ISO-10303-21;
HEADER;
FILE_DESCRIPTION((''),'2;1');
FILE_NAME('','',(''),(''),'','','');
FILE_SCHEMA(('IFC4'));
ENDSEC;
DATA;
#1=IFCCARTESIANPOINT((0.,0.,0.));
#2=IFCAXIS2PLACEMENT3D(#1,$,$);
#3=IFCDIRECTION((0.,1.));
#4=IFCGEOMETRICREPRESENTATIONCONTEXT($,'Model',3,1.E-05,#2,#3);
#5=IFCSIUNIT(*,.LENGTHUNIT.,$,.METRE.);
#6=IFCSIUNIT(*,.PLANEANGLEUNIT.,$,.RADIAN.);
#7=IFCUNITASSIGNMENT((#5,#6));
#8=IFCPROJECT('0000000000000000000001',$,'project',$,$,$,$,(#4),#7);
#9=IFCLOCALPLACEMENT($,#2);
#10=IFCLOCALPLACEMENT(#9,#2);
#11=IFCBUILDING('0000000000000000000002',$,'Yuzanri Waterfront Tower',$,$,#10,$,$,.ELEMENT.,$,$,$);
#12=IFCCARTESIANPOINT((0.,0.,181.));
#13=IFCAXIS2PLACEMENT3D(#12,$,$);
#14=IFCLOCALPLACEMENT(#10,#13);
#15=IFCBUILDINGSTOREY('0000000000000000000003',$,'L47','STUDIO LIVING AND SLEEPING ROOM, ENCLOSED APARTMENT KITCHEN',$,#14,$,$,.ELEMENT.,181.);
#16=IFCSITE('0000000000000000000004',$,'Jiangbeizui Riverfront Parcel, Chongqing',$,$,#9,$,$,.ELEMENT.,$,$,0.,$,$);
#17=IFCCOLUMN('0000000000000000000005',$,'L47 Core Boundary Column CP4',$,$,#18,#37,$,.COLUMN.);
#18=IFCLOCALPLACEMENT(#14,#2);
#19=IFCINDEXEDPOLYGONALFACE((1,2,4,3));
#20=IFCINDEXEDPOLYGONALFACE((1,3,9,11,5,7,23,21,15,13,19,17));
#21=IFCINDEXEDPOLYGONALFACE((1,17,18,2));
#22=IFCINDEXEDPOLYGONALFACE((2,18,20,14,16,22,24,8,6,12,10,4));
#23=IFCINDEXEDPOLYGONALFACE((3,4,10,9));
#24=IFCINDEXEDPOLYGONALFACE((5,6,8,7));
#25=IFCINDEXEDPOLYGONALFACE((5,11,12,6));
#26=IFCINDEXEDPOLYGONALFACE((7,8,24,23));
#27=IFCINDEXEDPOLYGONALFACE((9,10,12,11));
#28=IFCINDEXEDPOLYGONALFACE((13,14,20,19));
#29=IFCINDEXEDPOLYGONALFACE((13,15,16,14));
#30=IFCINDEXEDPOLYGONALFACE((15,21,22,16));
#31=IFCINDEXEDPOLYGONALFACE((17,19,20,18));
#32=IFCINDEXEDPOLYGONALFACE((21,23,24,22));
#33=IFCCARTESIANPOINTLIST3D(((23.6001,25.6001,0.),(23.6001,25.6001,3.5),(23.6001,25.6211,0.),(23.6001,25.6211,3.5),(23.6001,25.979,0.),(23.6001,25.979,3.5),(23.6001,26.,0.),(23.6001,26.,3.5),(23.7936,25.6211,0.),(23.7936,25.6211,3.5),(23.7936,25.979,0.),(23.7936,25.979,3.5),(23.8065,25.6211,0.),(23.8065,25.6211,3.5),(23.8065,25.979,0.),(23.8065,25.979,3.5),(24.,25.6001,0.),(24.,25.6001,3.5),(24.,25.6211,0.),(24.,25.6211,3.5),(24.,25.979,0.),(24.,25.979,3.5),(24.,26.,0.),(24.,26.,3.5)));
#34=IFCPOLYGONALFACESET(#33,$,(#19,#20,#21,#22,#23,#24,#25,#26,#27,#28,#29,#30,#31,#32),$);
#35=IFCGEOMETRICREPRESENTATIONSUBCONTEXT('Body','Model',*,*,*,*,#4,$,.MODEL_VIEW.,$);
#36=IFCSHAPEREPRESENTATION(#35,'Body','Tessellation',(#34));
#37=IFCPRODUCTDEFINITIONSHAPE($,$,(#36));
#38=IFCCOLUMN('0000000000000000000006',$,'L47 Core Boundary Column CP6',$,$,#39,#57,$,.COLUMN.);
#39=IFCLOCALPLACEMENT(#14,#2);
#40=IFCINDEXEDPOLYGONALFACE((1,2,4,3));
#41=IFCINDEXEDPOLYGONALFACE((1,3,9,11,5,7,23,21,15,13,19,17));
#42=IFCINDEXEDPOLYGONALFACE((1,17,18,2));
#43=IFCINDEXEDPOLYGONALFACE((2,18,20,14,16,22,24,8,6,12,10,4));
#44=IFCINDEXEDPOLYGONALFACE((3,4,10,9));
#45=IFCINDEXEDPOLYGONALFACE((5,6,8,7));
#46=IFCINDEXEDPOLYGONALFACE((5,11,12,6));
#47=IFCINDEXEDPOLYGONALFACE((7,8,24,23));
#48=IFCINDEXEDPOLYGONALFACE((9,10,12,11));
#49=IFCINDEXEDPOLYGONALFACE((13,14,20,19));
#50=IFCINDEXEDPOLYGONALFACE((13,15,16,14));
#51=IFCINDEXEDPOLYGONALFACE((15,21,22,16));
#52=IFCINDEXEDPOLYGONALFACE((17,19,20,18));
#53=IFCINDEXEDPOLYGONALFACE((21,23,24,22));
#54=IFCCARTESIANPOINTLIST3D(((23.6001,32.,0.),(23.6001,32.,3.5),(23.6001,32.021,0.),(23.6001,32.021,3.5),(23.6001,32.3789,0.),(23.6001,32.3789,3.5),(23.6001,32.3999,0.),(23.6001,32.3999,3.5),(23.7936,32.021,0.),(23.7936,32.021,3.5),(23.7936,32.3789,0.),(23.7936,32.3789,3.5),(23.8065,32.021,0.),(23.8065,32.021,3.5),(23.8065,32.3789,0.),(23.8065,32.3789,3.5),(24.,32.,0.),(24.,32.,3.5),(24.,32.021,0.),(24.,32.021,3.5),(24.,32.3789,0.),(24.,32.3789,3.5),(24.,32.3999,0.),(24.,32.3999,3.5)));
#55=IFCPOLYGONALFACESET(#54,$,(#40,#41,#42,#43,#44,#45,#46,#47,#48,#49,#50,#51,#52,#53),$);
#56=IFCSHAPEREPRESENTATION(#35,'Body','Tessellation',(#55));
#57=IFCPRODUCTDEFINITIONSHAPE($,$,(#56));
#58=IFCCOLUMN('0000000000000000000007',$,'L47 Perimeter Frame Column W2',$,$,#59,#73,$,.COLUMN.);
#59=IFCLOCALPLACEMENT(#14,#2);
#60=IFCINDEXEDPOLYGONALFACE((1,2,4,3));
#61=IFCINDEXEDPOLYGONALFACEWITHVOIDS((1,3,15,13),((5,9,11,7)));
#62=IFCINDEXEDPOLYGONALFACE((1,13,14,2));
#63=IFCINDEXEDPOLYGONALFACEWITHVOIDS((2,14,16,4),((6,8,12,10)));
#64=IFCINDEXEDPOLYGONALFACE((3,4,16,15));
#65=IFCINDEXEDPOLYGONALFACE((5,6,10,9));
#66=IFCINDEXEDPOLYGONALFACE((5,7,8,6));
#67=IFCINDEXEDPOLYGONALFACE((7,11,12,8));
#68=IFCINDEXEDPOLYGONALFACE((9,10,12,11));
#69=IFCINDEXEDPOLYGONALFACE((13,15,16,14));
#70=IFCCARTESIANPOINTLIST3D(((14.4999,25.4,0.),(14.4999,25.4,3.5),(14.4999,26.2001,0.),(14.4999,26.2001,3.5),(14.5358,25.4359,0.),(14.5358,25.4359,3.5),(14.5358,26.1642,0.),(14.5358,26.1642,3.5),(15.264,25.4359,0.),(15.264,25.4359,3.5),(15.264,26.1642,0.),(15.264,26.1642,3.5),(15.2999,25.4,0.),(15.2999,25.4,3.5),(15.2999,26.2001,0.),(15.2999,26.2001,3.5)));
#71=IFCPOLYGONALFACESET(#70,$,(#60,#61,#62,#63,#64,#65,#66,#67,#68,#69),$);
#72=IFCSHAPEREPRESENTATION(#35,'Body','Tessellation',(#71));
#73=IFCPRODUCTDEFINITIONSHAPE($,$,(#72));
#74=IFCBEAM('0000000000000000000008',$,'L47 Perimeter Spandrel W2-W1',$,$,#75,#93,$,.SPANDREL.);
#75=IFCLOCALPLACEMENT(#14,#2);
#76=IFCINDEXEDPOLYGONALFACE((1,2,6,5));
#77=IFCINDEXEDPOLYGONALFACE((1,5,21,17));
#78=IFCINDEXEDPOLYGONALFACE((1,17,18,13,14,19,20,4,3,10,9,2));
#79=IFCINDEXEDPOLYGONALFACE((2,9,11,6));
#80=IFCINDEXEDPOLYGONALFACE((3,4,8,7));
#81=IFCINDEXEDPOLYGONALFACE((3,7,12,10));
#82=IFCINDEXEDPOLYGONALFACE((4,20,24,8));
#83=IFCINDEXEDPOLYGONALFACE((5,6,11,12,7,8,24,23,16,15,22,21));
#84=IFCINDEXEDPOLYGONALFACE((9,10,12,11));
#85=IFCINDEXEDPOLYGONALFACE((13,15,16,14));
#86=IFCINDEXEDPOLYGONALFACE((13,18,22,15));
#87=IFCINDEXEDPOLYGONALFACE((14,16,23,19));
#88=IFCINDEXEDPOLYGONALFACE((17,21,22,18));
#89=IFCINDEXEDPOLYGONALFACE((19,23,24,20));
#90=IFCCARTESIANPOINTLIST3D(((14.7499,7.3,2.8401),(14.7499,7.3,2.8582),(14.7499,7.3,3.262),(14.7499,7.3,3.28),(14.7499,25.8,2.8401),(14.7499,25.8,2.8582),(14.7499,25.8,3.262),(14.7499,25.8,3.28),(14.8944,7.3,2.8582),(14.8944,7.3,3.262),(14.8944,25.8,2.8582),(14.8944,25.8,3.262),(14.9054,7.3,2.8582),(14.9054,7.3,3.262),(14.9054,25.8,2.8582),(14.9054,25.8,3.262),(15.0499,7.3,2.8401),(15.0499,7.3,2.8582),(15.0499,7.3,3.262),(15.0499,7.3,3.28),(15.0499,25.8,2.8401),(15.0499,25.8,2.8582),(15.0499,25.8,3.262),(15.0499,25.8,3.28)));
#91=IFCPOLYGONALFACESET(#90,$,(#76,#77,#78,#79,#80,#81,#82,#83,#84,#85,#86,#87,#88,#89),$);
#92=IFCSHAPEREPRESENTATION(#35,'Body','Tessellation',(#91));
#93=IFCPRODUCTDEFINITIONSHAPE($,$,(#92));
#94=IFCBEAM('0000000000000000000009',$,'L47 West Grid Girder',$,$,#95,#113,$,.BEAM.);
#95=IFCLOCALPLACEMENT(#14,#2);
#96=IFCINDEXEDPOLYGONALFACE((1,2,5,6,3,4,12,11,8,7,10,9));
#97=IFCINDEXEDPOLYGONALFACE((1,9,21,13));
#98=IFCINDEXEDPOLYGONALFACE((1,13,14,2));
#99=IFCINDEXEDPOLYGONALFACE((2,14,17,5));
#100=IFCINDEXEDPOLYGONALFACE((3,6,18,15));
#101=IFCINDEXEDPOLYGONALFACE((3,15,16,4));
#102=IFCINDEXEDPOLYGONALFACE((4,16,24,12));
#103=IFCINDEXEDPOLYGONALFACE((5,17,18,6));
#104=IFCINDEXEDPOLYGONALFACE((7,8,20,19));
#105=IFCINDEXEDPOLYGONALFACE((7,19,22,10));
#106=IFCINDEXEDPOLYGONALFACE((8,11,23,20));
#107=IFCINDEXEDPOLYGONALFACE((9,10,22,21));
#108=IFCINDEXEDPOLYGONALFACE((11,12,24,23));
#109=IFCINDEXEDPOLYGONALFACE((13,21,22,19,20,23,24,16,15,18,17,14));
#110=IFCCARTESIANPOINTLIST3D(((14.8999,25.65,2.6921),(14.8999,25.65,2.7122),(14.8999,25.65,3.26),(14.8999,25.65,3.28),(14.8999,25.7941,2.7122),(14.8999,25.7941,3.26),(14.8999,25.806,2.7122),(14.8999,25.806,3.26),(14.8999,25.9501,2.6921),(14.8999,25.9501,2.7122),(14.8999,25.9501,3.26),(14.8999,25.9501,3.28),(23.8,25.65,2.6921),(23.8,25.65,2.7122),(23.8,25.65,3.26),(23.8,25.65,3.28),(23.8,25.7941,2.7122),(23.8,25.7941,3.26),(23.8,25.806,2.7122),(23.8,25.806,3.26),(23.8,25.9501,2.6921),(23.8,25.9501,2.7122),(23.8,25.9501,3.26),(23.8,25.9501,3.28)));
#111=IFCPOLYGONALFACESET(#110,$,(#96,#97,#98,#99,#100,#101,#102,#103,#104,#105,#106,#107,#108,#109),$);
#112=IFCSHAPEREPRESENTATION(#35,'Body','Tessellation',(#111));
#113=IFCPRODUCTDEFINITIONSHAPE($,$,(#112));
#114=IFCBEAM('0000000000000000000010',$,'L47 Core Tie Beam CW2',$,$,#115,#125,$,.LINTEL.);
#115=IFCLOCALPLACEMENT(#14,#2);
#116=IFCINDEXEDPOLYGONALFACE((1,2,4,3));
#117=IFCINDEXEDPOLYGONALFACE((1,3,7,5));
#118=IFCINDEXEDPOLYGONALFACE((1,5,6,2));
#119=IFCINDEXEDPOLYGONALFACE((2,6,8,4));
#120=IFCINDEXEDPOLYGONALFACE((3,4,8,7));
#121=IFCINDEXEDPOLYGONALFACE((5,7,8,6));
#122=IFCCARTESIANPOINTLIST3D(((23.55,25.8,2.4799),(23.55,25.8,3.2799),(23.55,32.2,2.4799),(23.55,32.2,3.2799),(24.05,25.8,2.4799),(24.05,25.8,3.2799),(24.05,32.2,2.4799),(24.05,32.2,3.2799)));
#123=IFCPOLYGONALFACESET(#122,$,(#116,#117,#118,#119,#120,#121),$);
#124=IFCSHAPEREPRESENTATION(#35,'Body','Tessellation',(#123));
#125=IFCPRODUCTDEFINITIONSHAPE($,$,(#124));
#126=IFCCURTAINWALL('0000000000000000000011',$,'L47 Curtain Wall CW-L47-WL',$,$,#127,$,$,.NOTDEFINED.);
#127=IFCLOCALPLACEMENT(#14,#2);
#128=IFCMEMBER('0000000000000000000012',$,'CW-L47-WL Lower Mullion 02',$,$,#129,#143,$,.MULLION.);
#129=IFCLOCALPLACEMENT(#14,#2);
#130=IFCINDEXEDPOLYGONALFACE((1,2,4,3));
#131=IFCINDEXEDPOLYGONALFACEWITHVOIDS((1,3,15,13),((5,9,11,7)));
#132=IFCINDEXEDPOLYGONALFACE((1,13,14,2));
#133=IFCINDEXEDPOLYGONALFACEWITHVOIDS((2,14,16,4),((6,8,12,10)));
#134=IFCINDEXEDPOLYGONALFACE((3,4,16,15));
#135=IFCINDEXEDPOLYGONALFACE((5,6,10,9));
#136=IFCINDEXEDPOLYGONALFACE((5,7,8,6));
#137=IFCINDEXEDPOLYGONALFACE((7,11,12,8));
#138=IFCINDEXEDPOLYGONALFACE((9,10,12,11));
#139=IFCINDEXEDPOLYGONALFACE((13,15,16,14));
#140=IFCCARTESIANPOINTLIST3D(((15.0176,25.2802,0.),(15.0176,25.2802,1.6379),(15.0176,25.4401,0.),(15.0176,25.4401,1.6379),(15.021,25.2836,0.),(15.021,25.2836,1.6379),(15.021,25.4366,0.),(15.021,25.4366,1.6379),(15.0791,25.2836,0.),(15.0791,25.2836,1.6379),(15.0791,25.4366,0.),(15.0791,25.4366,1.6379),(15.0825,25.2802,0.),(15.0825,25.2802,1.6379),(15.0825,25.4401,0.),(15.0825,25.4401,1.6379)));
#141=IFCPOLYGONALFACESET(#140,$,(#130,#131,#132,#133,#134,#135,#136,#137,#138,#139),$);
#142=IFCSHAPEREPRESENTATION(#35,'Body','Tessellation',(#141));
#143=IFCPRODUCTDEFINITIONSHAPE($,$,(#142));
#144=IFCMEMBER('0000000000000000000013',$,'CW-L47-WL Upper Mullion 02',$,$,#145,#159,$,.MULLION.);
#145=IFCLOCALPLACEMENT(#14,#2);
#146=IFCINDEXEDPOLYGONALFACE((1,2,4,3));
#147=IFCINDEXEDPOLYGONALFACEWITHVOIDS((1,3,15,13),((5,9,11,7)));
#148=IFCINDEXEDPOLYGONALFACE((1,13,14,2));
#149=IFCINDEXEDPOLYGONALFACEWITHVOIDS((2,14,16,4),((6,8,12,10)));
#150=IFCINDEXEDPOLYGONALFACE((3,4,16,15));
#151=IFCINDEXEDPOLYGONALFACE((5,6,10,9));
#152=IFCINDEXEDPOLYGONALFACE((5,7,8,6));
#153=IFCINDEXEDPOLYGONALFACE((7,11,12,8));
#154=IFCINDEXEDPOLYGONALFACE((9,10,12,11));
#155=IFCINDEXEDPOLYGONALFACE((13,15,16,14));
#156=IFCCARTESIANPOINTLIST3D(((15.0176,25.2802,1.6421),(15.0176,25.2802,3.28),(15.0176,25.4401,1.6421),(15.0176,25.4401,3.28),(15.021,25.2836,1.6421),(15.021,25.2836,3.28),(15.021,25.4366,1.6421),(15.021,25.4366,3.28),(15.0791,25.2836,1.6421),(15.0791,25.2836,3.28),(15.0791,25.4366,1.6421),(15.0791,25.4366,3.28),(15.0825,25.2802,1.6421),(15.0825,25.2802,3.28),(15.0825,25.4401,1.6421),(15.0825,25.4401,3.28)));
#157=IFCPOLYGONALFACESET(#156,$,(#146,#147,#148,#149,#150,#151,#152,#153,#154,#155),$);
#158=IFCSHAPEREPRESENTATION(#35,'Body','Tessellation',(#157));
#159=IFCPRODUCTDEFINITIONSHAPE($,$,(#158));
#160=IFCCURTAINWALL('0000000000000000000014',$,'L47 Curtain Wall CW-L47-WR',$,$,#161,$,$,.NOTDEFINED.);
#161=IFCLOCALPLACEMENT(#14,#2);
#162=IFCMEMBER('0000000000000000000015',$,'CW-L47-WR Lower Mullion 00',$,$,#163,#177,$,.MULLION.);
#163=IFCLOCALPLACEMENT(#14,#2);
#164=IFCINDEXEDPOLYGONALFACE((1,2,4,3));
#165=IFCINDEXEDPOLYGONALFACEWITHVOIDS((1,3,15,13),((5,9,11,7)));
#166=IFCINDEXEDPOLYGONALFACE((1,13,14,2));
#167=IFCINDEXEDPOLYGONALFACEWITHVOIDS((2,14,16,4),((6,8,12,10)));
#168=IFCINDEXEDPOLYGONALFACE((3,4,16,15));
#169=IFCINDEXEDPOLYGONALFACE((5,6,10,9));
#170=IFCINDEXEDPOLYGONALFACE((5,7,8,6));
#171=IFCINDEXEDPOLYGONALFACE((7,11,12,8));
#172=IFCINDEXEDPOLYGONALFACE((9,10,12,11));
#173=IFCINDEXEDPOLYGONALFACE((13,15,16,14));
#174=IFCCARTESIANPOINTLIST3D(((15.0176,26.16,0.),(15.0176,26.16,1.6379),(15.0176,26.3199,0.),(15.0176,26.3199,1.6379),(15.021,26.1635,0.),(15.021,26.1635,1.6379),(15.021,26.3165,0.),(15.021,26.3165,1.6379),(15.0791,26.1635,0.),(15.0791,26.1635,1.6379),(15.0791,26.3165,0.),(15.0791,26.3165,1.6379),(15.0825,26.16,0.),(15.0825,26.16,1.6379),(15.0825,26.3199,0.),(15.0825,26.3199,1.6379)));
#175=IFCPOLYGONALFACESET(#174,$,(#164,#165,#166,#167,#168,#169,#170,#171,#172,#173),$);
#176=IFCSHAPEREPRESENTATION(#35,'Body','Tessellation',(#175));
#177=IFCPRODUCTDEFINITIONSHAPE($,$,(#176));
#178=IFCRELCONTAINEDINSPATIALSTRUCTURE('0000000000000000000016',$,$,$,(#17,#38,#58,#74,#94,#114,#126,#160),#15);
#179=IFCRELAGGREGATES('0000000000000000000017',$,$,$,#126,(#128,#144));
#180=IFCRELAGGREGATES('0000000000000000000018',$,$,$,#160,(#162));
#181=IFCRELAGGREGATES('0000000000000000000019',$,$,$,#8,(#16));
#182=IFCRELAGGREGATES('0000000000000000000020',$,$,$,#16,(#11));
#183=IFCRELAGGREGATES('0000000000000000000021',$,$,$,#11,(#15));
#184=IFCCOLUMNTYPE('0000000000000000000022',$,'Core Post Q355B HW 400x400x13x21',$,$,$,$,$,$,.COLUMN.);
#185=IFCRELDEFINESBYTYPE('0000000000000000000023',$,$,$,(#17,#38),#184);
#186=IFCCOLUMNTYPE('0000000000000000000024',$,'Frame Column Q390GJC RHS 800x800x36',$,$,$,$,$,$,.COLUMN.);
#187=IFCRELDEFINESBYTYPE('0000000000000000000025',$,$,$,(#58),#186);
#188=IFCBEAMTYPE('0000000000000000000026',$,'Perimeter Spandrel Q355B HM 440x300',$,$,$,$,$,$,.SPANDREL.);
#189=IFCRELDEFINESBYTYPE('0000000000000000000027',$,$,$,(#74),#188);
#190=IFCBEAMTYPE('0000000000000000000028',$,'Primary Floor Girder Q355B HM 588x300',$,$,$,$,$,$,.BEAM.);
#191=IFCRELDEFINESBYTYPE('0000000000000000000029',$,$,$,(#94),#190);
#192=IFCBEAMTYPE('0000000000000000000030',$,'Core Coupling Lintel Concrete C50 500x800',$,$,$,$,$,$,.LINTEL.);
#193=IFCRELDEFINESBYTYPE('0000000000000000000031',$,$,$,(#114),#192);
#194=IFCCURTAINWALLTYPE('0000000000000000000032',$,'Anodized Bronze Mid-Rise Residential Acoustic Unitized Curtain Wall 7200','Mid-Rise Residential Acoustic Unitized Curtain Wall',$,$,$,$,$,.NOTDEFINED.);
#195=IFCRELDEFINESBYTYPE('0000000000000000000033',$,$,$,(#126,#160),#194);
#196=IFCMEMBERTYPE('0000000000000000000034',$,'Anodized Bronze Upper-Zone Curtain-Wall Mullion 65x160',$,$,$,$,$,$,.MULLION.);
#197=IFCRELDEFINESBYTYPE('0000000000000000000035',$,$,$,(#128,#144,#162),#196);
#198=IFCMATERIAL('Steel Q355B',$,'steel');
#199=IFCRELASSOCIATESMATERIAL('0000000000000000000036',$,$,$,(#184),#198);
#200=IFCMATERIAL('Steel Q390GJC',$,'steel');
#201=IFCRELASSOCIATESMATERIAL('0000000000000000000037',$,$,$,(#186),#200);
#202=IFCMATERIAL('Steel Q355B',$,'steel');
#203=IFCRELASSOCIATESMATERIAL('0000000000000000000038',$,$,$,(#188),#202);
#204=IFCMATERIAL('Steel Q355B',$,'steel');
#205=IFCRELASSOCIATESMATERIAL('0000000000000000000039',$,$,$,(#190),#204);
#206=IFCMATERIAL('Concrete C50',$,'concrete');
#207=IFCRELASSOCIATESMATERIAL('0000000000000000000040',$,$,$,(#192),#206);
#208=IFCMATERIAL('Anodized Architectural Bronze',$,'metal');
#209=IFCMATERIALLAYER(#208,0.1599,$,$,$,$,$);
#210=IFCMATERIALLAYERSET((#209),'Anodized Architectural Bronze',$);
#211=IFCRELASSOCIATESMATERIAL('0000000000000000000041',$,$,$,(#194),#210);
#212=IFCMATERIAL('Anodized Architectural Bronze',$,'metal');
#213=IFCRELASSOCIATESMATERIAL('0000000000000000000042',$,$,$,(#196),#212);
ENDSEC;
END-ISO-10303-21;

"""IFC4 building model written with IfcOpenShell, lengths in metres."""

from ifc_helpers import new_model, si_unit, direction, frame, origin, origin_2d, place, context, subcontext, project, spatial, rectangle, hollow_rectangle, i_section, extrude, source, transform, mapped, material, layer, layer_set, material_profile, profile_set, type_object, element, aggregate, save


model = new_model("IFC4")

# Units and contexts
model_context = context("Model", 3, precision=1e-05, world=origin(), true_north=direction((0.0, 1.0)))
body_context = subcontext(model_context, "Body", "Model", "MODEL_VIEW")
ifc_project = project(units=[si_unit("LENGTHUNIT", "METRE"), si_unit("PLANEANGLEUNIT", "RADIAN")], contexts=[model_context])

# Site, building, storey
site_placement = place(None, origin())
site = spatial("IfcSite", under=ifc_project, at=site_placement, Name="Jiangbeizui Riverfront Parcel, Chongqing", CompositionType="ELEMENT", RefElevation=0.0)
building_placement = place(site_placement, origin())
building = spatial("IfcBuilding", under=site, at=building_placement, Name="Yuzanri Waterfront Tower", CompositionType="ELEMENT")
storey_placement = place(building_placement, frame((0.0, 0.0, 181.0)))
storey = spatial("IfcBuildingStorey", under=building, at=storey_placement, Name="L47", Description="STUDIO LIVING AND SLEEPING ROOM, ENCLOSED APARTMENT KITCHEN", CompositionType="ELEMENT", Elevation=181.0)

# Columns
ifc_material_1 = material(Name="Steel Q355B", Category="steel")
ifc_material_profile_1 = material_profile(ifc_material_1, i_section(OverallWidth=0.3999, OverallDepth=0.3999, WebThickness=0.0129, FlangeThickness=0.021, at=origin_2d()), Name="HW 400x400x13x21")
ifc_profile_set_1 = profile_set([ifc_material_profile_1], Name="Steel Q355B")
column_type_1 = type_object("IfcColumnType", Name="Core Post Q355B HW 400x400x13x21", PredefinedType="COLUMN", material=ifc_profile_set_1)
shared_shape_1 = source(origin(), body_context, "Body", "SweptSolid", [
    extrude(i_section(OverallWidth=0.3999, OverallDepth=0.3999, WebThickness=0.0129, FlangeThickness=0.021, at=origin_2d()), origin(), (0.0, 0.0, 1.0), 3.5),
])
for number, where, z_axis, x_axis, name in (
    (1, (23.8, 25.8, 0.0), (0.0, 0.0, 1.0), (1.0, 0.0, 0.0), "L47 Core Boundary Column CP4"),
    (2, (23.8, 32.2, 0.0), (0.0, 0.0, 1.0), (1.0, 0.0, 0.0), "L47 Core Boundary Column CP6"),
):
    element("IfcColumn", number, at=place(storey_placement, frame(where, z_axis=z_axis, x_axis=x_axis)), inside=storey, type_object=column_type_1, Name=name, PredefinedType="COLUMN", context=body_context, shape_type="MappedRepresentation", body=[
        mapped(shared_shape_1, transform((0.0, 0.0, 0.0), scale=1.0)),
    ])
ifc_material_2 = material(Name="Steel Q390GJC", Category="steel")
ifc_material_profile_2 = material_profile(ifc_material_2, hollow_rectangle(XDim=0.8, YDim=0.8, WallThickness=0.0359, at=origin_2d()), Name="RHS 800x800x36")
ifc_profile_set_2 = profile_set([ifc_material_profile_2], Name="Steel Q390GJC")
column_type_2 = type_object("IfcColumnType", Name="Frame Column Q390GJC RHS 800x800x36", PredefinedType="COLUMN", material=ifc_profile_set_2)
shared_shape_2 = source(origin(), body_context, "Body", "SweptSolid", [
    extrude(hollow_rectangle(XDim=0.8, YDim=0.8, WallThickness=0.0359, at=origin_2d()), origin(), (0.0, 0.0, 1.0), 3.5),
])
column_placement = place(storey_placement, frame((14.8999, 25.8, 0.0), z_axis=(0.0, 0.0, 1.0), x_axis=(1.0, 0.0, 0.0)))
element("IfcColumn", 3, at=column_placement, inside=storey, type_object=column_type_2, Name="L47 Perimeter Frame Column W2", PredefinedType="COLUMN", context=body_context, shape_type="MappedRepresentation", body=[
    mapped(shared_shape_2, transform((0.0, 0.0, 0.0), scale=1.0)),
])

# Beams
ifc_material_3 = material(Name="Steel Q355B", Category="steel")
ifc_material_profile_3 = material_profile(ifc_material_3, i_section(OverallWidth=0.3, OverallDepth=0.4399, WebThickness=0.011, FlangeThickness=0.0181, at=origin_2d()), Name="HM 440x300x11x18")
ifc_profile_set_3 = profile_set([ifc_material_profile_3], Name="Steel Q355B")
beam_type_1 = type_object("IfcBeamType", Name="Perimeter Spandrel Q355B HM 440x300", PredefinedType="SPANDREL", material=ifc_profile_set_3)
shared_shape_3 = source(origin(), body_context, "Body", "SweptSolid", [
    extrude(i_section(OverallWidth=0.3, OverallDepth=0.4399, WebThickness=0.011, FlangeThickness=0.0181, at=origin_2d()), origin(), (0.0, 0.0, 1.0), 18.5),
])
beam_1_placement = place(storey_placement, frame((14.8999, 25.8, 3.0601), z_axis=(0.0, -1.0, 0.0), x_axis=(1.0, 0.0, 0.0)))
element("IfcBeam", 4, at=beam_1_placement, inside=storey, type_object=beam_type_1, Name="L47 Perimeter Spandrel W2-W1", PredefinedType="SPANDREL", context=body_context, shape_type="MappedRepresentation", body=[
    mapped(shared_shape_3, transform((0.0, 0.0, 0.0), scale=1.0)),
])
ifc_material_4 = material(Name="Steel Q355B", Category="steel")
ifc_material_profile_4 = material_profile(ifc_material_4, i_section(OverallWidth=0.3, OverallDepth=0.5879, WebThickness=0.012, FlangeThickness=0.02, at=origin_2d()), Name="HM 588x300x12x20")
ifc_profile_set_4 = profile_set([ifc_material_profile_4], Name="Steel Q355B")
beam_type_2 = type_object("IfcBeamType", Name="Primary Floor Girder Q355B HM 588x300", PredefinedType="BEAM", material=ifc_profile_set_4)
shared_shape_4 = source(origin(), body_context, "Body", "SweptSolid", [
    extrude(i_section(OverallWidth=0.3, OverallDepth=0.5879, WebThickness=0.012, FlangeThickness=0.02, at=origin_2d()), origin(), (0.0, 0.0, 1.0), 8.9001),
])
beam_2_placement = place(storey_placement, frame((23.8, 25.8, 2.9861), z_axis=(-1.0, 0.0, 0.0), x_axis=(0.0, -1.0, 0.0)))
element("IfcBeam", 5, at=beam_2_placement, inside=storey, type_object=beam_type_2, Name="L47 West Grid Girder", PredefinedType="BEAM", context=body_context, shape_type="MappedRepresentation", body=[
    mapped(shared_shape_4, transform((0.0, 0.0, 0.0), scale=1.0)),
])
ifc_material_5 = material(Name="Concrete C50", Category="concrete")
ifc_material_profile_5 = material_profile(ifc_material_5, rectangle(XDim=0.5, YDim=0.8, at=origin_2d()), Name="RC 500x800")
ifc_profile_set_5 = profile_set([ifc_material_profile_5], Name="Concrete C50")
beam_type_3 = type_object("IfcBeamType", Name="Core Coupling Lintel Concrete C50 500x800", PredefinedType="LINTEL", material=ifc_profile_set_5)
shared_shape_5 = source(origin(), body_context, "Body", "SweptSolid", [
    extrude(rectangle(XDim=0.5, YDim=0.8, at=origin_2d()), origin(), (0.0, 0.0, 1.0), 6.3999),
])
beam_3_placement = place(storey_placement, frame((23.8, 25.8, 2.8799), z_axis=(0.0, 1.0, 0.0), x_axis=(-1.0, 0.0, 0.0)))
element("IfcBeam", 6, at=beam_3_placement, inside=storey, type_object=beam_type_3, Name="L47 Core Tie Beam CW2", PredefinedType="LINTEL", context=body_context, shape_type="MappedRepresentation", body=[
    mapped(shared_shape_5, transform((0.0, 0.0, 0.0), scale=1.0)),
])

# Curtain wall, members
ifc_material_6 = material(Name="Anodized Architectural Bronze", Category="metal")
ifc_layer_1 = layer(ifc_material_6, 0.1599)
ifc_layer_set_1 = layer_set([ifc_layer_1], Name="Anodized Architectural Bronze")
curtain_wall_type = type_object("IfcCurtainWallType", Name="Anodized Bronze Mid-Rise Residential Acoustic Unitized Curtain Wall 7200", Description="Mid-Rise Residential Acoustic Unitized Curtain Wall", PredefinedType="NOTDEFINED", material=ifc_layer_set_1)
curtain_wall_1_placement = place(storey_placement, origin())
curtain_wall_1 = element("IfcCurtainWall", 7, at=curtain_wall_1_placement, inside=storey, type_object=curtain_wall_type, Name="L47 Curtain Wall CW-L47-WL", PredefinedType="NOTDEFINED")
ifc_material_7 = material(Name="Anodized Architectural Bronze", Category="metal")
ifc_material_profile_6 = material_profile(ifc_material_7, hollow_rectangle(XDim=0.0649, YDim=0.1599, WallThickness=0.0034, at=origin_2d()), Name="CWM 65x160")
ifc_profile_set_6 = profile_set([ifc_material_profile_6], Name="Anodized Architectural Bronze")
member_type_1 = type_object("IfcMemberType", Name="Anodized Bronze Upper-Zone Curtain-Wall Mullion 65x160", PredefinedType="MULLION", material=ifc_profile_set_6)
shared_shape_6 = source(origin(), body_context, "Body", "SweptSolid", [
    extrude(hollow_rectangle(XDim=0.0649, YDim=0.1599, WallThickness=0.0034, at=origin_2d()), origin(), (0.0, 0.0, 1.0), 1.6379),
])
member_1_placement = place(storey_placement, frame((15.05, 25.3601, 0.0), z_axis=(0.0, 0.0, 1.0), x_axis=(1.0, 0.0, 0.0)))
member_1 = element("IfcMember", 8, at=member_1_placement, type_object=member_type_1, Name="CW-L47-WL Lower Mullion 02", PredefinedType="MULLION", context=body_context, shape_type="MappedRepresentation", body=[
    mapped(shared_shape_6, transform((0.0, 0.0, 0.0), scale=1.0)),
])
member_2_placement = place(storey_placement, frame((15.05, 25.3601, 1.6421), z_axis=(0.0, 0.0, 1.0), x_axis=(1.0, 0.0, 0.0)))
member_2 = element("IfcMember", 9, at=member_2_placement, type_object=member_type_1, Name="CW-L47-WL Upper Mullion 02", PredefinedType="MULLION", context=body_context, shape_type="MappedRepresentation", body=[
    mapped(shared_shape_6, transform((0.0, 0.0, 0.0), scale=1.0)),
])
aggregate(curtain_wall_1, [member_1, member_2])

# Curtain wall, member
curtain_wall_2_placement = place(storey_placement, origin())
curtain_wall_2 = element("IfcCurtainWall", 10, at=curtain_wall_2_placement, inside=storey, type_object=curtain_wall_type, Name="L47 Curtain Wall CW-L47-WR", PredefinedType="NOTDEFINED")
member_3_placement = place(storey_placement, frame((15.05, 26.24, 0.0), z_axis=(0.0, 0.0, 1.0), x_axis=(1.0, 0.0, 0.0)))
member_3 = element("IfcMember", 11, at=member_3_placement, type_object=member_type_1, Name="CW-L47-WR Lower Mullion 00", PredefinedType="MULLION", context=body_context, shape_type="MappedRepresentation", body=[
    mapped(shared_shape_6, transform((0.0, 0.0, 0.0), scale=1.0)),
])
aggregate(curtain_wall_2, [member_3])

save(model, "model.ifc")
